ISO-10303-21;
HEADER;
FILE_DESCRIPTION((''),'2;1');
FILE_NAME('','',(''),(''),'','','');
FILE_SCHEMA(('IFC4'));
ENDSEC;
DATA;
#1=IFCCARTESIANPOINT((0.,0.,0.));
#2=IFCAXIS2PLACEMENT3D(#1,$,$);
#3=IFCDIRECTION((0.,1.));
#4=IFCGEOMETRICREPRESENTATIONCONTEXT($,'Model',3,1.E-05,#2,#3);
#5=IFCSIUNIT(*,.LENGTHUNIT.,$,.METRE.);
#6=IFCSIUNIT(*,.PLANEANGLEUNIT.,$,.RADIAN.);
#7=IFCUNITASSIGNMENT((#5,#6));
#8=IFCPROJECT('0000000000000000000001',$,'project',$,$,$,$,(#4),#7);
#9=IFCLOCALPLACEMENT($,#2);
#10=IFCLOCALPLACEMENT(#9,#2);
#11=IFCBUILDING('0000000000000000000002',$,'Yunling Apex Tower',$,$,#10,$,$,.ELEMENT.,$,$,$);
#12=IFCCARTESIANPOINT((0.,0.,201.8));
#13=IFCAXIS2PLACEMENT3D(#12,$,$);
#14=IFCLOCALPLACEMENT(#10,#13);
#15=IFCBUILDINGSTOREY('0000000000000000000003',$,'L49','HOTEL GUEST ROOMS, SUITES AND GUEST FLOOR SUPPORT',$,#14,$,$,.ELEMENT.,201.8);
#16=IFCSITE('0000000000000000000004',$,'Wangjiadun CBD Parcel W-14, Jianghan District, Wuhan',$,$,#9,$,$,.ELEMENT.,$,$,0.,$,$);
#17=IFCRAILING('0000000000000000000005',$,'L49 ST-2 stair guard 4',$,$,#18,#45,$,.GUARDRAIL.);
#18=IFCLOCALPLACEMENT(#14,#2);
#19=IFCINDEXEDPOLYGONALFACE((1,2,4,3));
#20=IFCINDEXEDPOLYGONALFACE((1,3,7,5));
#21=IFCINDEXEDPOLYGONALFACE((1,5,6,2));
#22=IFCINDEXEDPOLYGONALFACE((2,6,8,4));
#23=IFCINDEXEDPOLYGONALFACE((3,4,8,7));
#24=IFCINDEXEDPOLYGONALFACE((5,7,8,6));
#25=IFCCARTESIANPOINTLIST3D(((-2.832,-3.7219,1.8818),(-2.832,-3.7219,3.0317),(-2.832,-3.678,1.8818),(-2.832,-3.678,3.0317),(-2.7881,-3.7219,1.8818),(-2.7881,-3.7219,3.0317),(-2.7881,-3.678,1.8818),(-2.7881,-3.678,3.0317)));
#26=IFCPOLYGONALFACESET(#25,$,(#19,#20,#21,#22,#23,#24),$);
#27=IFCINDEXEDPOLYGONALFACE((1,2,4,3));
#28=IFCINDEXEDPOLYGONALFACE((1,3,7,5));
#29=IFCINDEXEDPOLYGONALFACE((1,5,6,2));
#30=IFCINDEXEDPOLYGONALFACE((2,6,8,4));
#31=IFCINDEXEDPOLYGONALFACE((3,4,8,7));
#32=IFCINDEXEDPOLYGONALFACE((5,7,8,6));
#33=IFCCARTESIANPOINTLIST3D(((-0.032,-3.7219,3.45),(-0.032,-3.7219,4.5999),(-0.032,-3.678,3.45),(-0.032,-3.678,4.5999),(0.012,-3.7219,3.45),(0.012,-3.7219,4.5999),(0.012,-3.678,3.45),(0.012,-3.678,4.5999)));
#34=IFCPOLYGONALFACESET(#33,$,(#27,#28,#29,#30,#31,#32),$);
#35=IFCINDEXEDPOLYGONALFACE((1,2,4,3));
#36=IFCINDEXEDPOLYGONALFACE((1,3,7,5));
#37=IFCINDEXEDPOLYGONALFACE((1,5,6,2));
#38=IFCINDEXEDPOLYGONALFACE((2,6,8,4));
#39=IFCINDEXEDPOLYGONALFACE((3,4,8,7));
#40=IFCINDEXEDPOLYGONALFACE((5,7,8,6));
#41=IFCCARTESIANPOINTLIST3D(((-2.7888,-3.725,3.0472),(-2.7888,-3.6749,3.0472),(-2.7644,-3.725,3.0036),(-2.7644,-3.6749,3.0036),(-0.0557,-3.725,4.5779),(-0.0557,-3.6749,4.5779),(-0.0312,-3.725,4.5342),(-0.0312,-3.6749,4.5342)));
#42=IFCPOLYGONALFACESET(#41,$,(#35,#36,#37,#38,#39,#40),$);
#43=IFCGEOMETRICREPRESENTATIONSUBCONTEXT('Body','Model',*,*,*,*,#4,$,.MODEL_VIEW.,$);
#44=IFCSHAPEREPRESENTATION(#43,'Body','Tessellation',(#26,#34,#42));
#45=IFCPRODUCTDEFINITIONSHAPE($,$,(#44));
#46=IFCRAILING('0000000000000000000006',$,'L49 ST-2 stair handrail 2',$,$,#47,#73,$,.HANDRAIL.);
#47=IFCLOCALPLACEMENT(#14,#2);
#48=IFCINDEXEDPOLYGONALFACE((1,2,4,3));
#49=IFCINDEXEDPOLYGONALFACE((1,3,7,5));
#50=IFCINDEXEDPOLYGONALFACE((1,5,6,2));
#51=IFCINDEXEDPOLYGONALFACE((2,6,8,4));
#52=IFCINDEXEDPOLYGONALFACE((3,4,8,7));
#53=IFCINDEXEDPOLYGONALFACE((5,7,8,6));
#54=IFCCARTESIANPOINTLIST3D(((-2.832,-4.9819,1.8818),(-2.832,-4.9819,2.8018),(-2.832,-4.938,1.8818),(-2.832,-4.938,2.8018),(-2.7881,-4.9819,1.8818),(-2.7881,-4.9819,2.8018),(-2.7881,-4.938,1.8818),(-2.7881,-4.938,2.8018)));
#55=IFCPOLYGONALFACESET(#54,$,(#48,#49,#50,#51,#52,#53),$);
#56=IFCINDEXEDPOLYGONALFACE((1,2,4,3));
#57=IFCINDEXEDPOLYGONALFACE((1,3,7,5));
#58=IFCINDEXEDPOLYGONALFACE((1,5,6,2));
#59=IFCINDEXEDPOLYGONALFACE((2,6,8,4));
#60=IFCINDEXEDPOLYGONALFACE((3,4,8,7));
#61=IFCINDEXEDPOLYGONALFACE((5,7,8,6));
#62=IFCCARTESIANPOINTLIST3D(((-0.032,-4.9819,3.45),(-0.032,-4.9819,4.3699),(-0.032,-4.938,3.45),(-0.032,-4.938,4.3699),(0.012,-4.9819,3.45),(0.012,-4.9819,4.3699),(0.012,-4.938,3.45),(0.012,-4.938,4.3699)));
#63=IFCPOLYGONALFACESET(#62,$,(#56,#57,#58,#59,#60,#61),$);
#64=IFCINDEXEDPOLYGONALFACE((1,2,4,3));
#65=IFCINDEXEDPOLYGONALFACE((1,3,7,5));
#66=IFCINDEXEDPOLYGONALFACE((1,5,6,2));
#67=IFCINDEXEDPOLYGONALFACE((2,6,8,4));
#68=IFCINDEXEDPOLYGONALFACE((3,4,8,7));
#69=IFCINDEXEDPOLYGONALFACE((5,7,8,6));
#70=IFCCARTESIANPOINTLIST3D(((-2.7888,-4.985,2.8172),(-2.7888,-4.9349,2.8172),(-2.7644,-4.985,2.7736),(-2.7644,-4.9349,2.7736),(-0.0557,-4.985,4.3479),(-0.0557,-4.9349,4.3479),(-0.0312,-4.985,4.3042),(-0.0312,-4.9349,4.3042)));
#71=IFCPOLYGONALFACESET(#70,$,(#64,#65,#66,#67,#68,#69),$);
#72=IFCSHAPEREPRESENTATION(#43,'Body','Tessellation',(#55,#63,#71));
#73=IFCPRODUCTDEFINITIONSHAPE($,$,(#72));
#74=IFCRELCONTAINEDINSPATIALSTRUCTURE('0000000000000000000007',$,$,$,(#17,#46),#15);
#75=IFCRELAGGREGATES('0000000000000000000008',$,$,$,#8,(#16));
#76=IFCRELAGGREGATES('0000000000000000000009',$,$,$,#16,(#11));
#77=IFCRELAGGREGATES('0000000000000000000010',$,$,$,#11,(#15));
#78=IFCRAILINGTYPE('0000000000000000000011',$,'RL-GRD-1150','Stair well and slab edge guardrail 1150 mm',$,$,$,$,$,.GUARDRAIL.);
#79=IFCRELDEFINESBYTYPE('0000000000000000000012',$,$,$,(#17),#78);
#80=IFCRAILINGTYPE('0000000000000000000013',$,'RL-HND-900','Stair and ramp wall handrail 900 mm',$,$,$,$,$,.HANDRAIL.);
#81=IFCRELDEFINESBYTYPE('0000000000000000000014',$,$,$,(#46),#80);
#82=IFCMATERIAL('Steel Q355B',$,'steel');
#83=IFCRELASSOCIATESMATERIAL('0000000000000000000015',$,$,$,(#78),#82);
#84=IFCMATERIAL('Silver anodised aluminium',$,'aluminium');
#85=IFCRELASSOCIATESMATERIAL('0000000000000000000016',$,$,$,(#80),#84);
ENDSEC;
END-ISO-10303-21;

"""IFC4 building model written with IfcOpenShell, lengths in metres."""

from ifc_helpers import new_model, si_unit, direction, frame, origin, origin_2d, place, context, subcontext, project, spatial, rectangle, extrude, material, type_object, element, save


model = new_model("IFC4")

# Units and contexts
model_context = context("Model", 3, precision=1e-05, world=origin(), true_north=direction((0.0, 1.0)))
body_context = subcontext(model_context, "Body", "Model", "MODEL_VIEW")
ifc_project = project(units=[si_unit("LENGTHUNIT", "METRE"), si_unit("PLANEANGLEUNIT", "RADIAN")], contexts=[model_context])

# Site, building, storey
site_placement = place(None, origin())
site = spatial("IfcSite", under=ifc_project, at=site_placement, Name="Wangjiadun CBD Parcel W-14, Jianghan District, Wuhan", CompositionType="ELEMENT", RefElevation=0.0)
building_placement = place(site_placement, origin())
building = spatial("IfcBuilding", under=site, at=building_placement, Name="Yunling Apex Tower", CompositionType="ELEMENT")
storey_placement = place(building_placement, frame((0.0, 0.0, 201.8)))
storey = spatial("IfcBuildingStorey", under=building, at=storey_placement, Name="L49", Description="HOTEL GUEST ROOMS, SUITES AND GUEST FLOOR SUPPORT", CompositionType="ELEMENT", Elevation=201.8)

# Shared definitions
ifc_material_1 = material(Name="Steel Q355B", Category="steel")

# Shared definitions
ifc_material_2 = material(Name="Silver anodised aluminium", Category="aluminium")

# Railings
railing_type_1 = type_object("IfcRailingType", Name="RL-GRD-1150", Description="Stair well and slab edge guardrail 1150 mm", PredefinedType="GUARDRAIL", material=ifc_material_1)
railing_1_placement = place(storey_placement, frame((-2.8101, -3.7, 1.8818)))
element("IfcRailing", 1, at=railing_1_placement, inside=storey, type_object=railing_type_1, Name="L49 ST-2 stair guard 4", PredefinedType="GUARDRAIL", context=body_context, shape_type="SweptSolid", body=[
    extrude(rectangle(XDim=0.0439, YDim=0.0439, at=origin_2d()), origin(), (0.0, 0.0, 1.0), 1.1499),
    extrude(rectangle(XDim=0.0439, YDim=0.0439, at=origin_2d()), frame((2.8, 0.0, 1.5681)), (0.0, 0.0, 1.0), 1.1499),
    extrude(rectangle(XDim=0.05, YDim=0.05, at=origin_2d()), frame((0.0334, 0.0, 1.1436), z_axis=(0.872494, 0.0, 0.488624), x_axis=(0.0, 1.0, 0.0)), (0.0, 0.0, 1.0), 3.1326),
])
railing_type_2 = type_object("IfcRailingType", Name="RL-HND-900", Description="Stair and ramp wall handrail 900 mm", PredefinedType="HANDRAIL", material=ifc_material_2)
railing_2_placement = place(storey_placement, frame((-2.8101, -4.96, 1.8818)))
element("IfcRailing", 2, at=railing_2_placement, inside=storey, type_object=railing_type_2, Name="L49 ST-2 stair handrail 2", PredefinedType="HANDRAIL", context=body_context, shape_type="SweptSolid", body=[
    extrude(rectangle(XDim=0.0439, YDim=0.0439, at=origin_2d()), origin(), (0.0, 0.0, 1.0), 0.9199),
    extrude(rectangle(XDim=0.0439, YDim=0.0439, at=origin_2d()), frame((2.8, 0.0, 1.5681)), (0.0, 0.0, 1.0), 0.9199),
    extrude(rectangle(XDim=0.05, YDim=0.05, at=origin_2d()), frame((0.0334, 0.0, 0.9136), z_axis=(0.872494, 0.0, 0.488624), x_axis=(0.0, 1.0, 0.0)), (0.0, 0.0, 1.0), 3.1326),
])

save(model, "model.ifc")
